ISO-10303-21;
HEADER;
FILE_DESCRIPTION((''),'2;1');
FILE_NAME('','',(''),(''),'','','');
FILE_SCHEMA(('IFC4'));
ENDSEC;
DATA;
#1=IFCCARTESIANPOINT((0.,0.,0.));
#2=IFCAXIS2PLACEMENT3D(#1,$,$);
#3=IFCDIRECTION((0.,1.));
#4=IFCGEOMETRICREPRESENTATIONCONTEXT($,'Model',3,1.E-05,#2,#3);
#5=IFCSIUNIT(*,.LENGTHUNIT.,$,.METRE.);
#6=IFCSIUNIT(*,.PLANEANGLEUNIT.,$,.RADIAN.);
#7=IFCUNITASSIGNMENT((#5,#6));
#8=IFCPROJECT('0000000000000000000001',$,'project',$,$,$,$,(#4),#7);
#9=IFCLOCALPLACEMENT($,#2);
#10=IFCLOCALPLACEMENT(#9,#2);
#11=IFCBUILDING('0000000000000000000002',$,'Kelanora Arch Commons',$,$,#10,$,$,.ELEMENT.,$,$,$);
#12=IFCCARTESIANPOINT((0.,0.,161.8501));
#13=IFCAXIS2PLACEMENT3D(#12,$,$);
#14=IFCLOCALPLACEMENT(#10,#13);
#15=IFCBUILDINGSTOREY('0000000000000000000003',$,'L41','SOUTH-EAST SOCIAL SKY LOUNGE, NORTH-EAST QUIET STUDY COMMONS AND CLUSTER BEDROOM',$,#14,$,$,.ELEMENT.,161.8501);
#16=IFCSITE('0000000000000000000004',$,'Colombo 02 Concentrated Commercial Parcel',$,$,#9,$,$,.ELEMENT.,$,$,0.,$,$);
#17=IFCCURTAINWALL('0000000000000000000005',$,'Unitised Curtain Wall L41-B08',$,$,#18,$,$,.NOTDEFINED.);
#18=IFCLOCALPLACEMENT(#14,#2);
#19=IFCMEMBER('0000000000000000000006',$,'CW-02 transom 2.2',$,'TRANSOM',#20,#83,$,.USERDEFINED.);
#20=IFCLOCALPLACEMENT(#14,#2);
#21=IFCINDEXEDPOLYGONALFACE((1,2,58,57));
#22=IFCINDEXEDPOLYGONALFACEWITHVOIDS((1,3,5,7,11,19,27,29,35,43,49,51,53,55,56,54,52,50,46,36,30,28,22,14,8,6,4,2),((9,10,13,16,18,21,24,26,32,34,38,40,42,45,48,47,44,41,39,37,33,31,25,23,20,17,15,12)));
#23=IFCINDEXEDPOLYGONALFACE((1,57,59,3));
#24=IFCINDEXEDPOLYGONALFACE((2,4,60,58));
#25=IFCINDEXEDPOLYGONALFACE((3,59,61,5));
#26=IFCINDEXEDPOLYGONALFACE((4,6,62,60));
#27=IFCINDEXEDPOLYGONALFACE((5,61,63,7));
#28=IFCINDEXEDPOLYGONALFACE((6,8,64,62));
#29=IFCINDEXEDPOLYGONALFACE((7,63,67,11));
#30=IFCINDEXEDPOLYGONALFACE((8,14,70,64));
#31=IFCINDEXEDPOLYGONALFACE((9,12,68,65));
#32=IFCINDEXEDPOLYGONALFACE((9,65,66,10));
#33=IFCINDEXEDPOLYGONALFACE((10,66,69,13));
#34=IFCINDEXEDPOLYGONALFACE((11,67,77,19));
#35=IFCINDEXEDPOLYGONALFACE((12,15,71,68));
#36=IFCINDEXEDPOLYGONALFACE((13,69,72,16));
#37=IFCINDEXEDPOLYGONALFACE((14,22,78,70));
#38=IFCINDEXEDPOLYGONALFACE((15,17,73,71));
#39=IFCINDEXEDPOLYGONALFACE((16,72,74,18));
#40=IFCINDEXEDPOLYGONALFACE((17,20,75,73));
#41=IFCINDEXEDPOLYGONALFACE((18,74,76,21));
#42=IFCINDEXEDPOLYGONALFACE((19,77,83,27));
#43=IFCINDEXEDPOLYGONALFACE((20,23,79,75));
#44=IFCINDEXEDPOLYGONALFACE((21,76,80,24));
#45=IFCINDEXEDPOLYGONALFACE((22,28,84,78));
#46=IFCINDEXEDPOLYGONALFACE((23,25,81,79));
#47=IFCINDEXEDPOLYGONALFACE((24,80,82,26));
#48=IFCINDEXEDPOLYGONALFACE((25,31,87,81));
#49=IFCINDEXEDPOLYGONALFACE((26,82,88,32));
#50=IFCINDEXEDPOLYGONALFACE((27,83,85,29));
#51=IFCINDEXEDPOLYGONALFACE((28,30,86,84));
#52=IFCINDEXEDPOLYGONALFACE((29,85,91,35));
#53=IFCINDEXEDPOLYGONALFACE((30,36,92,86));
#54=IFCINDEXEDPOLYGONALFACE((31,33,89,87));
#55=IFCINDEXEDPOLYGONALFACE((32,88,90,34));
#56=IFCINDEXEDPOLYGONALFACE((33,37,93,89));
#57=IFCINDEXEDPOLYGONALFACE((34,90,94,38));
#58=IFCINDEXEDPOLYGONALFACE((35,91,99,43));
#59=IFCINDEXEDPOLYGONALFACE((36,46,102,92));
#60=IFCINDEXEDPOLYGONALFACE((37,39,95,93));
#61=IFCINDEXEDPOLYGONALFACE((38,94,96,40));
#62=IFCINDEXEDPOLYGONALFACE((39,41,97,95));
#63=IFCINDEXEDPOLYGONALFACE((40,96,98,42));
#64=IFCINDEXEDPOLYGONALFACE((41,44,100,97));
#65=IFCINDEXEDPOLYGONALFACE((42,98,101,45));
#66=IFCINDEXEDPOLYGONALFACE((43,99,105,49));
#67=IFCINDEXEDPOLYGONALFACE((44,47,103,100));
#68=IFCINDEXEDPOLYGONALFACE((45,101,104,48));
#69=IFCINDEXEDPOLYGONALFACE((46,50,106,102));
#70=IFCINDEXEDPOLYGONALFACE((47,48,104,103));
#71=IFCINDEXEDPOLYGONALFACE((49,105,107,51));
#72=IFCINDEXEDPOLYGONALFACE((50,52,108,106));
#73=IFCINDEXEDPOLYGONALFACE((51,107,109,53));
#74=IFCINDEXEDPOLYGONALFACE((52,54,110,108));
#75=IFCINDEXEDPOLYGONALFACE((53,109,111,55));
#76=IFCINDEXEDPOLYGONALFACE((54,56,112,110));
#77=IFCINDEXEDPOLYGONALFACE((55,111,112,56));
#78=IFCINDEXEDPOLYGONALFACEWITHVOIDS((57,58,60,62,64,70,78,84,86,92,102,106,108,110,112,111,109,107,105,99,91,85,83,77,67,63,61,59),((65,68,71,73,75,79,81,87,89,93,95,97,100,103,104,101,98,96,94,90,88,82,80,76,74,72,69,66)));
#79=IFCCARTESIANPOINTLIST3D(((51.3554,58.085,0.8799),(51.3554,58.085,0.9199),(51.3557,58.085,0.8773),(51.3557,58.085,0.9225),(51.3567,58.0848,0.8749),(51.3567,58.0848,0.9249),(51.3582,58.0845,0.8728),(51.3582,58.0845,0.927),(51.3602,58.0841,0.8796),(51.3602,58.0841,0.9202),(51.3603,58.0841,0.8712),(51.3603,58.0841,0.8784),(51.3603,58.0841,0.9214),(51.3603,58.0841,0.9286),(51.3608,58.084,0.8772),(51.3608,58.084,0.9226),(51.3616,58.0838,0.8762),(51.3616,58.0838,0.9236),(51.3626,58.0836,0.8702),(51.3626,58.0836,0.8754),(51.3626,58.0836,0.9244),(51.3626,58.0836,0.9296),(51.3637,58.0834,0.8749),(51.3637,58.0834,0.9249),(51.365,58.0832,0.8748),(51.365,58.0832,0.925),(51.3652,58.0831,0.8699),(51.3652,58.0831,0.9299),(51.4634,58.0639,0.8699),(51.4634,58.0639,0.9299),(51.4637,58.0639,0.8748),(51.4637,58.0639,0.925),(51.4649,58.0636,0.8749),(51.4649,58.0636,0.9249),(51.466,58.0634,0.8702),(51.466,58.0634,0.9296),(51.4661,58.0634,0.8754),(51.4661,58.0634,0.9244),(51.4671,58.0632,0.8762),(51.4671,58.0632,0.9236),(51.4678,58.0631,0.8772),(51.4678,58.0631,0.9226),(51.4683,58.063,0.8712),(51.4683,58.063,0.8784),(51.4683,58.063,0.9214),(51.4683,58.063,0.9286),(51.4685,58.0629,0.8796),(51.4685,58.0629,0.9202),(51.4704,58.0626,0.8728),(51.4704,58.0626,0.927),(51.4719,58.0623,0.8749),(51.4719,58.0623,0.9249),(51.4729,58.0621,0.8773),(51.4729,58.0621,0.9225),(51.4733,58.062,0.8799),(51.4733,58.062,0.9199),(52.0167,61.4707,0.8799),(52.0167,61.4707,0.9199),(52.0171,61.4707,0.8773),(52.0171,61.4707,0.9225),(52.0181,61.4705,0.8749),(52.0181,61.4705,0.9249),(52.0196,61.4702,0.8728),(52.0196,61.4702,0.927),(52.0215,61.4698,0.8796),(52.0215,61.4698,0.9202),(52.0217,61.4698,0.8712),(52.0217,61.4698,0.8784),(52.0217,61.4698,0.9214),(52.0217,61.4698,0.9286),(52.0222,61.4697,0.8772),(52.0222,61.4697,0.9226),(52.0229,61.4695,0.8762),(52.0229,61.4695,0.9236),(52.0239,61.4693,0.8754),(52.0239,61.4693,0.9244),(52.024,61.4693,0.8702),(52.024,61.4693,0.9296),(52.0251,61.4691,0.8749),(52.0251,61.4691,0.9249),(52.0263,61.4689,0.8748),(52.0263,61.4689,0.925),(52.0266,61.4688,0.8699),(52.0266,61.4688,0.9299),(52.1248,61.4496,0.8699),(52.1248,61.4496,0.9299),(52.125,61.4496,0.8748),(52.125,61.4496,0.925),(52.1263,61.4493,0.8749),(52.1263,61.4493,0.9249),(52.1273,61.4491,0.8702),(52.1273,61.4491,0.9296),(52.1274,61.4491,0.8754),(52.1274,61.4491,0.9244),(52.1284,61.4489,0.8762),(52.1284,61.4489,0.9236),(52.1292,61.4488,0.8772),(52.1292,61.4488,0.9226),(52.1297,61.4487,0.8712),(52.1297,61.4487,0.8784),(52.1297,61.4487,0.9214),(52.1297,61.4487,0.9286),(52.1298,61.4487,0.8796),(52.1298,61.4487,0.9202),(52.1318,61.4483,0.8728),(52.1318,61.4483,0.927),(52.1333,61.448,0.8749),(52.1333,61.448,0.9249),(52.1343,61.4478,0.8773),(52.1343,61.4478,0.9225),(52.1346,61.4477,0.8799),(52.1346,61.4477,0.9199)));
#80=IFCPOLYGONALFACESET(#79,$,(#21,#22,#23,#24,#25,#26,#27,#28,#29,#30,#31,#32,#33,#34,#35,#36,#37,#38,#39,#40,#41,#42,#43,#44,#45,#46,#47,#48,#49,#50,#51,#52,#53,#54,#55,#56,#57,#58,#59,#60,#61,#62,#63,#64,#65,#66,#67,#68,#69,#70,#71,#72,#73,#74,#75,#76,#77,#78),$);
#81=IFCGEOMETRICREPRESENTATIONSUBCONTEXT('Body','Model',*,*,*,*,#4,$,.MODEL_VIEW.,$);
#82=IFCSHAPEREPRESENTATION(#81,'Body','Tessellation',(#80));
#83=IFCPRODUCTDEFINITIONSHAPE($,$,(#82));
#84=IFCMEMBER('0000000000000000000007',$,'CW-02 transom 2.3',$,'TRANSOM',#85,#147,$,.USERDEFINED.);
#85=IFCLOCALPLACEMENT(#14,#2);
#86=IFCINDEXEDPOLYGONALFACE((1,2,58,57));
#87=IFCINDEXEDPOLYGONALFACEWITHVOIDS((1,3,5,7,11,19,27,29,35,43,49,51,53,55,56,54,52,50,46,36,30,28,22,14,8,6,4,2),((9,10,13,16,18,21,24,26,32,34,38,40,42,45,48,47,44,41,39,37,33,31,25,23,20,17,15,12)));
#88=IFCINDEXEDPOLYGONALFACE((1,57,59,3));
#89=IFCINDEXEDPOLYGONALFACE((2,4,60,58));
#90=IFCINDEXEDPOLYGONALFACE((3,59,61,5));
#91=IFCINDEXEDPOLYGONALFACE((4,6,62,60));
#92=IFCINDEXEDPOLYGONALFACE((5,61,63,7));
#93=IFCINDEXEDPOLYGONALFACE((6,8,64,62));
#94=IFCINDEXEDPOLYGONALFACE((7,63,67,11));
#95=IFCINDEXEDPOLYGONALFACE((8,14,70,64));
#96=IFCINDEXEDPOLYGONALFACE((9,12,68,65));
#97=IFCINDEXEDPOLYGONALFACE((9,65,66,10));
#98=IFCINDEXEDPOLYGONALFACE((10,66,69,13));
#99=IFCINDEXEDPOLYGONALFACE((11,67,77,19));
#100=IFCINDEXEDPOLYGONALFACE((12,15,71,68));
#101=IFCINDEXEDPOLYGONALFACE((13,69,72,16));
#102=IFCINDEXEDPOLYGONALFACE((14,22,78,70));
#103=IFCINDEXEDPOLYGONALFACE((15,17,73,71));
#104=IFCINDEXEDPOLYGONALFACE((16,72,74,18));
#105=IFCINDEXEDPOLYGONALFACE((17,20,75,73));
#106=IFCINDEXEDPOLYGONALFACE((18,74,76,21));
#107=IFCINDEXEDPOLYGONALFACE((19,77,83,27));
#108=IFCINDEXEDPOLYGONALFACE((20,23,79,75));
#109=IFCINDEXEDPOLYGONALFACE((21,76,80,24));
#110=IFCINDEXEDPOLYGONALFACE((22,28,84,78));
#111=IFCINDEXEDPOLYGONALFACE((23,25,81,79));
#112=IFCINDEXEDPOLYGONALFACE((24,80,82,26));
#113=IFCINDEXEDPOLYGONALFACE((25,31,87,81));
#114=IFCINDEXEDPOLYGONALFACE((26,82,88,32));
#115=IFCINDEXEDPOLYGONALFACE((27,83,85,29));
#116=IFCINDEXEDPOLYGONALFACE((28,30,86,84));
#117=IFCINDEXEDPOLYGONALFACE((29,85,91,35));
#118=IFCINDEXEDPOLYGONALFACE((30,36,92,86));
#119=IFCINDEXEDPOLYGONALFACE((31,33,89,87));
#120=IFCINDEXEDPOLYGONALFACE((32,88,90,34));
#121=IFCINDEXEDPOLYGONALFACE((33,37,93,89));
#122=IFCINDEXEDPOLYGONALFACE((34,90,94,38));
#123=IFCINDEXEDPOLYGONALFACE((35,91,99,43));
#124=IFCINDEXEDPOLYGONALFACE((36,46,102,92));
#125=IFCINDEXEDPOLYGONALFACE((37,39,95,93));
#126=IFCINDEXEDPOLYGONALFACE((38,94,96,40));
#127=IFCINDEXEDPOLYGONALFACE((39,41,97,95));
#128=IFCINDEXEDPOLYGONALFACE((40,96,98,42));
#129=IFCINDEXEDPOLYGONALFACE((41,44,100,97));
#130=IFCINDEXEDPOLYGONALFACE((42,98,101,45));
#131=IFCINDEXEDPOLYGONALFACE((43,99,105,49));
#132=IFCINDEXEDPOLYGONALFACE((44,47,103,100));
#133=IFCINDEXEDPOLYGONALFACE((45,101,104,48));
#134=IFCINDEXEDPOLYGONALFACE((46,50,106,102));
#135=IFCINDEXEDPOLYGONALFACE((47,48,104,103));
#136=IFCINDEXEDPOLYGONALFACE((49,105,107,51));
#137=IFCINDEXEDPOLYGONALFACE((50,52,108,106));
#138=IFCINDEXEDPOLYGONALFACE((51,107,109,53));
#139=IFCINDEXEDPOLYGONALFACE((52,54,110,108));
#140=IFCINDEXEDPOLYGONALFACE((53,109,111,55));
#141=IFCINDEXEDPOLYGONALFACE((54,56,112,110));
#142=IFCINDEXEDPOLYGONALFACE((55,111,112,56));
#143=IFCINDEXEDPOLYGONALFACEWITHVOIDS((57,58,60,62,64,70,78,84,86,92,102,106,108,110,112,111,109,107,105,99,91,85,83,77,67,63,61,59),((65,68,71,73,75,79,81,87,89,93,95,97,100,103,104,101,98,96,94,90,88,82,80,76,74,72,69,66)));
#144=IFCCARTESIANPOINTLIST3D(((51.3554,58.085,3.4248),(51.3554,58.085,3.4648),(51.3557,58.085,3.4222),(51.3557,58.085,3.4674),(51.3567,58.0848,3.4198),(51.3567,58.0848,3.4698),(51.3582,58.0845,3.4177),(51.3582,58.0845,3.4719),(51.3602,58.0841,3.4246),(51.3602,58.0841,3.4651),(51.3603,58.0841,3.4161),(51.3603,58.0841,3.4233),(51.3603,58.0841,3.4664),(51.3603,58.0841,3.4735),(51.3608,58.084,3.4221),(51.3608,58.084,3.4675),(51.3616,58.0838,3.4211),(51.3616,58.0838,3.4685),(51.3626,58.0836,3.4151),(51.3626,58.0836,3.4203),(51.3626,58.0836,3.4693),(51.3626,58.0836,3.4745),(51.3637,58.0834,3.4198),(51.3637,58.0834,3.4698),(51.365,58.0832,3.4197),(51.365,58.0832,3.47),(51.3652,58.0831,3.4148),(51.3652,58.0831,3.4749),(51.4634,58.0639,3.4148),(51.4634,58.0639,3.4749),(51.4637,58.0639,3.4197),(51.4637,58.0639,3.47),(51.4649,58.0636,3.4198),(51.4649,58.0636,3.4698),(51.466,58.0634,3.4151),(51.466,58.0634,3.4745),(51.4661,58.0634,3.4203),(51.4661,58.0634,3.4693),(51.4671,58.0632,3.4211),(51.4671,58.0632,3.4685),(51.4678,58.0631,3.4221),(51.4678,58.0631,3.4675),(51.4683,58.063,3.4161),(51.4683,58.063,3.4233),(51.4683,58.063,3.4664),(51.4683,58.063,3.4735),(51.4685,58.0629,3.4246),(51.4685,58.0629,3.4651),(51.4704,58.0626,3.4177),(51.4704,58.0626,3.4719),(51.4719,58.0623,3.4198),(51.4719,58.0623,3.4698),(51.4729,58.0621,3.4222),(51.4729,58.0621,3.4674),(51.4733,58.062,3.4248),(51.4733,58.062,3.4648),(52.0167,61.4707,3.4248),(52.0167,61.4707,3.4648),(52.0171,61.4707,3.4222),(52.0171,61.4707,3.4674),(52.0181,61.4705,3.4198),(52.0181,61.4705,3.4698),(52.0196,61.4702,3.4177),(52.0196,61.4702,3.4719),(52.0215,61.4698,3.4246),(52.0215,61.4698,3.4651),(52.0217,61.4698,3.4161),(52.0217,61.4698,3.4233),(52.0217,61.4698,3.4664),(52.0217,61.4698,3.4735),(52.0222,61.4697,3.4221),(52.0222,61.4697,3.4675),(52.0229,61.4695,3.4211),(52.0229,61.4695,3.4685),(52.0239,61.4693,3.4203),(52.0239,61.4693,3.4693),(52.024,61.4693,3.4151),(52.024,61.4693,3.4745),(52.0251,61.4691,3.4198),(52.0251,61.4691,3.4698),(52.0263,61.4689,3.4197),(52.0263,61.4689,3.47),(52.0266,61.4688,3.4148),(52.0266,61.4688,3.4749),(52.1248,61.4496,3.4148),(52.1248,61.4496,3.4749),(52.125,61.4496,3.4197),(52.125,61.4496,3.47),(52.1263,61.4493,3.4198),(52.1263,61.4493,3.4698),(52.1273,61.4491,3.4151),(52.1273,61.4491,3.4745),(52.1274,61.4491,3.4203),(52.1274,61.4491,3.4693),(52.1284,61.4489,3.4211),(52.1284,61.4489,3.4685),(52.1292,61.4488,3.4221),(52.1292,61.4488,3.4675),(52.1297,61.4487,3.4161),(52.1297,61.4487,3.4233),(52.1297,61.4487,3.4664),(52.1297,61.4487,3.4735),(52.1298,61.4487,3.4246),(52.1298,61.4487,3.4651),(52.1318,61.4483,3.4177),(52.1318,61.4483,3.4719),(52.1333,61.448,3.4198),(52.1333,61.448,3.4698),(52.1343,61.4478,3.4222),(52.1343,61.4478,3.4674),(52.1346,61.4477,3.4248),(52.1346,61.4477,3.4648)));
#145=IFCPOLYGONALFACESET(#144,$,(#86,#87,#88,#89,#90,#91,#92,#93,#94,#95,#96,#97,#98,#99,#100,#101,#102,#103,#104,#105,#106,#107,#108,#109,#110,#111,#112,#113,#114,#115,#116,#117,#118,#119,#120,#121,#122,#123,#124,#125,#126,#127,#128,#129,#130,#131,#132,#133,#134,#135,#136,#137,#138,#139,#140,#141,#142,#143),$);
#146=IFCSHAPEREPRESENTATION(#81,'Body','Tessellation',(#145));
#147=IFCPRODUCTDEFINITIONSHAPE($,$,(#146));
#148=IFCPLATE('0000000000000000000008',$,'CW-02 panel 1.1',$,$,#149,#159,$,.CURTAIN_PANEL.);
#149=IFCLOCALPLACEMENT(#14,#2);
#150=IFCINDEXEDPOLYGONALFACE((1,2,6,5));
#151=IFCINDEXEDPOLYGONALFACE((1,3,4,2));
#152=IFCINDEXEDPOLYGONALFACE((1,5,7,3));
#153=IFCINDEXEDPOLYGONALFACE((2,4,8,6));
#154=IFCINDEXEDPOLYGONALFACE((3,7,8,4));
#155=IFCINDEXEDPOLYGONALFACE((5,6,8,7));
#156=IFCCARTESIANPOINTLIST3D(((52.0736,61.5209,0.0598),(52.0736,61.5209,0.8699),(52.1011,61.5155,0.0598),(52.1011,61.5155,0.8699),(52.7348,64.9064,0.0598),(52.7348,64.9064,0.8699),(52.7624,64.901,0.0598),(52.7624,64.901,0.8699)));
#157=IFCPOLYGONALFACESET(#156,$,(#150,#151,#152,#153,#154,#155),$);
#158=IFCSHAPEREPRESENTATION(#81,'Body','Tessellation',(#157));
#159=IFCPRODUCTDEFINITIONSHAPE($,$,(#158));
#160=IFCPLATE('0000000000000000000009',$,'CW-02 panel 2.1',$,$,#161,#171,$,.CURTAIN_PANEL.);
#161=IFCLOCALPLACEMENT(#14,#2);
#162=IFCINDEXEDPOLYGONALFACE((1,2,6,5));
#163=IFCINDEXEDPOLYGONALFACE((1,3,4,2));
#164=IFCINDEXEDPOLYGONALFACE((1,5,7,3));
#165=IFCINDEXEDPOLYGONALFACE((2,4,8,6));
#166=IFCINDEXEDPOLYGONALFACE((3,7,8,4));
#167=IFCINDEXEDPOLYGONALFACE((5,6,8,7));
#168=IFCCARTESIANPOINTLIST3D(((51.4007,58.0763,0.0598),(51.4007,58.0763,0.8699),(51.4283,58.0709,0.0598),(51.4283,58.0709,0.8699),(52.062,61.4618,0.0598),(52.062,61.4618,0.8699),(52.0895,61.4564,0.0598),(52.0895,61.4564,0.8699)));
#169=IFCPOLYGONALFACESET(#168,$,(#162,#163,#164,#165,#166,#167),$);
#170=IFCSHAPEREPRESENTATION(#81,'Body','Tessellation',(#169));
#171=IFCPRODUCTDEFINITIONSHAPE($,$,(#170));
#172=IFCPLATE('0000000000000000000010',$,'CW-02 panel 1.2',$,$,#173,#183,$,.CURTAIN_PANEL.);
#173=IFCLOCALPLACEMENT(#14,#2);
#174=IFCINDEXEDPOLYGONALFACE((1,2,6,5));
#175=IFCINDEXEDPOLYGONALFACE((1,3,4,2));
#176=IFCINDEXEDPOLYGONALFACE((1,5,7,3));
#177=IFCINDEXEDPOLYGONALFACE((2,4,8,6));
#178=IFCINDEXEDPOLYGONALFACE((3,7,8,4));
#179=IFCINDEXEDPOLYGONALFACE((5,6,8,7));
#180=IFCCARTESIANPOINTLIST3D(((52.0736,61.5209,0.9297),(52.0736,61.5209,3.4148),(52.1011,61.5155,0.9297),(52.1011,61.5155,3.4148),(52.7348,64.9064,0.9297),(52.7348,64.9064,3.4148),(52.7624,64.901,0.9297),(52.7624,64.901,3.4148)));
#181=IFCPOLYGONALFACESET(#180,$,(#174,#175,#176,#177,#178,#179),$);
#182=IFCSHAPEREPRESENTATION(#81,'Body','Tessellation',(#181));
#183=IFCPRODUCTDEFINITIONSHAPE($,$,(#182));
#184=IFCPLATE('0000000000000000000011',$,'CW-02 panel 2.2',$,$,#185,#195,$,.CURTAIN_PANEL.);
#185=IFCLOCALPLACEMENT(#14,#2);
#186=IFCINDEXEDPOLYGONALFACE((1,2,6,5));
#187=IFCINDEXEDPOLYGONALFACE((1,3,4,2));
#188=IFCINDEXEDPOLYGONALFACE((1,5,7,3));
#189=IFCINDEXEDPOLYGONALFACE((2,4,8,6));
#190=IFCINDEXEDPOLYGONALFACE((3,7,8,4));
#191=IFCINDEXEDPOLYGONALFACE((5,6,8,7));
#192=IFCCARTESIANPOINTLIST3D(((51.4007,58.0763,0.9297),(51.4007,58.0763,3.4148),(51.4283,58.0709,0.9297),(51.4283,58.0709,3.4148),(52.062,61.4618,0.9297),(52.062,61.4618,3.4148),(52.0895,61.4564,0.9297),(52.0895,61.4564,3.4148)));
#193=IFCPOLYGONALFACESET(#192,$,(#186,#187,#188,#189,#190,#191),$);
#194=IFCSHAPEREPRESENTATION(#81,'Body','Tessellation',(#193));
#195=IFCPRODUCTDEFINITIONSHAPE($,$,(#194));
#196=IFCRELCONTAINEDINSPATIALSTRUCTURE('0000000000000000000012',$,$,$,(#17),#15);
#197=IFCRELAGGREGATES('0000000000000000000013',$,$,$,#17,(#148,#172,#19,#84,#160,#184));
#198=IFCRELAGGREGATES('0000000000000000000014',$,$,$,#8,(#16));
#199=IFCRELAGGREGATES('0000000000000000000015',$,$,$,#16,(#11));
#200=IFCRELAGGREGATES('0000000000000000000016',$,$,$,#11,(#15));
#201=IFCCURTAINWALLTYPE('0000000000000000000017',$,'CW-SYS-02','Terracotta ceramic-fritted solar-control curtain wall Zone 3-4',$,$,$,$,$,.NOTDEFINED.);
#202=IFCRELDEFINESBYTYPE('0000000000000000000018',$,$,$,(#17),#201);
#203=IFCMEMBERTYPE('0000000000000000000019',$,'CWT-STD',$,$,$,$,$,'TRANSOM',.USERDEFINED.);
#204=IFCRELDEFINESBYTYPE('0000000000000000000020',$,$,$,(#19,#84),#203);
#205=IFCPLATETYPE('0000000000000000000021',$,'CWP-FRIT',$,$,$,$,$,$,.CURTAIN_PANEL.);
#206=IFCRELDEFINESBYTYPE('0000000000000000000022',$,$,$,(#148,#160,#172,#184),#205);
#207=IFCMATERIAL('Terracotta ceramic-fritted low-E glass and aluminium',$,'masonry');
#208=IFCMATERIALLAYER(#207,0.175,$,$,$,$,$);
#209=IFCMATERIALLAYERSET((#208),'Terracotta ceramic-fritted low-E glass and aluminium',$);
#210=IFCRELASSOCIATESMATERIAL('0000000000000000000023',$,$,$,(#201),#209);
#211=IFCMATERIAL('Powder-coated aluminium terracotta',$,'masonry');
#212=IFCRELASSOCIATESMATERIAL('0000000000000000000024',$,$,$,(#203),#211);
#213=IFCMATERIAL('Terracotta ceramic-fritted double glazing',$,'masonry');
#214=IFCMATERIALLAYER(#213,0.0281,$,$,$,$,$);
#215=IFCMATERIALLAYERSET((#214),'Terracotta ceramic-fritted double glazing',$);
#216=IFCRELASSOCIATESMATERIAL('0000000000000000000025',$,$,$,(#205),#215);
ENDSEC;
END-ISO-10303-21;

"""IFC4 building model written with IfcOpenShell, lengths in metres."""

from ifc_helpers import new_model, si_unit, direction, frame, origin, origin_2d, place, context, subcontext, project, spatial, rectangle, hollow_rectangle, extrude, source, transform, mapped, material, layer, layer_set, material_profile, profile_set, type_object, element, aggregate, save


model = new_model("IFC4")

# Units and contexts
model_context = context("Model", 3, precision=1e-05, world=origin(), true_north=direction((0.0, 1.0)))
body_context = subcontext(model_context, "Body", "Model", "MODEL_VIEW")
ifc_project = project(units=[si_unit("LENGTHUNIT", "METRE"), si_unit("PLANEANGLEUNIT", "RADIAN")], contexts=[model_context])

# Site, building, storey
site_placement = place(None, origin())
site = spatial("IfcSite", under=ifc_project, at=site_placement, Name="Colombo 02 Concentrated Commercial Parcel", CompositionType="ELEMENT", RefElevation=0.0)
building_placement = place(site_placement, origin())
building = spatial("IfcBuilding", under=site, at=building_placement, Name="Kelanora Arch Commons", CompositionType="ELEMENT")
storey_placement = place(building_placement, frame((0.0, 0.0, 161.8501)))
storey = spatial("IfcBuildingStorey", under=building, at=storey_placement, Name="L41", Description="SOUTH-EAST SOCIAL SKY LOUNGE, NORTH-EAST QUIET STUDY COMMONS AND CLUSTER BEDROOM", CompositionType="ELEMENT", Elevation=161.8501)

# Curtain wall, members, plates
ifc_material_1 = material(Name="Terracotta ceramic-fritted low-E glass and aluminium", Category="masonry")
ifc_layer_1 = layer(ifc_material_1, 0.175)
ifc_layer_set_1 = layer_set([ifc_layer_1], Name="Terracotta ceramic-fritted low-E glass and aluminium")
curtain_wall_type = type_object("IfcCurtainWallType", Name="CW-SYS-02", Description="Terracotta ceramic-fritted solar-control curtain wall Zone 3-4", PredefinedType="NOTDEFINED", material=ifc_layer_set_1)
curtain_wall_placement = place(storey_placement, origin())
curtain_wall = element("IfcCurtainWall", 1, at=curtain_wall_placement, inside=storey, type_object=curtain_wall_type, Name="Unitised Curtain Wall L41-B08", PredefinedType="NOTDEFINED")
ifc_material_2 = material(Name="Powder-coated aluminium terracotta", Category="masonry")
ifc_material_profile_1 = material_profile(ifc_material_2, hollow_rectangle(XDim=0.1201, YDim=0.0601, WallThickness=0.0049, InnerFilletRadius=0.0049, OuterFilletRadius=0.01, at=origin_2d()), Name="CWT120x60")
ifc_profile_set_1 = profile_set([ifc_material_profile_1], Name="Powder-coated aluminium terracotta")
member_type_1 = type_object("IfcMemberType", Name="CWT-STD", ElementType="TRANSOM", PredefinedType="USERDEFINED", material=ifc_profile_set_1)
member_1_placement = place(storey_placement, frame((52.0757, 61.4592, 0.8999), z_axis=(-0.191718, -0.98145, 0.0), x_axis=(0.98145, -0.191718, 0.0)))
member_1 = element("IfcMember", 2, at=member_1_placement, type_object=member_type_1, Name="CW-02 transom 2.2", ObjectType="TRANSOM", PredefinedType="USERDEFINED", context=body_context, shape_type="SweptSolid", body=[
    extrude(hollow_rectangle(XDim=0.1201, YDim=0.0601, WallThickness=0.0049, InnerFilletRadius=0.0049, OuterFilletRadius=0.01, at=origin_2d()), origin(), (0.0, 0.0, 1.0), 3.4497),
])
member_2_placement = place(storey_placement, frame((52.0757, 61.4592, 3.4448), z_axis=(-0.191718, -0.98145, 0.0), x_axis=(0.98145, -0.191718, 0.0)))
member_2 = element("IfcMember", 3, at=member_2_placement, type_object=member_type_1, Name="CW-02 transom 2.3", ObjectType="TRANSOM", PredefinedType="USERDEFINED", context=body_context, shape_type="SweptSolid", body=[
    extrude(hollow_rectangle(XDim=0.1201, YDim=0.0601, WallThickness=0.0049, InnerFilletRadius=0.0049, OuterFilletRadius=0.01, at=origin_2d()), origin(), (0.0, 0.0, 1.0), 3.4497),
])
ifc_material_3 = material(Name="Terracotta ceramic-fritted double glazing", Category="masonry")
ifc_layer_2 = layer(ifc_material_3, 0.0281)
ifc_layer_set_2 = layer_set([ifc_layer_2], Name="Terracotta ceramic-fritted double glazing")
plate_type = type_object("IfcPlateType", Name="CWP-FRIT", PredefinedType="CURTAIN_PANEL", material=ifc_layer_set_2)
shared_shape_1 = source(origin(), body_context, "Body", "SweptSolid", [
    extrude(rectangle(XDim=3.4495, YDim=0.0281, at=origin_2d()), origin(), (0.0, 0.0, 1.0), 0.8101),
])
plate_1_placement = place(storey_placement, frame((52.418, 63.2109, 0.0598), z_axis=(0.0, 0.0, 1.0), x_axis=(-0.191705, -0.981453, 0.0)))
plate_1 = element("IfcPlate", 4, at=plate_1_placement, type_object=plate_type, Name="CW-02 panel 1.1", PredefinedType="CURTAIN_PANEL", context=body_context, shape_type="MappedRepresentation", body=[
    mapped(shared_shape_1, transform((0.0, 0.0, 0.0), scale=1.0)),
])
plate_2_placement = place(storey_placement, frame((51.7451, 59.7664, 0.0598), z_axis=(0.0, 0.0, 1.0), x_axis=(-0.191705, -0.981453, 0.0)))
plate_2 = element("IfcPlate", 5, at=plate_2_placement, type_object=plate_type, Name="CW-02 panel 2.1", PredefinedType="CURTAIN_PANEL", context=body_context, shape_type="MappedRepresentation", body=[
    mapped(shared_shape_1, transform((0.0, 0.0, 0.0), scale=1.0)),
])
shared_shape_2 = source(origin(), body_context, "Body", "SweptSolid", [
    extrude(rectangle(XDim=3.4495, YDim=0.0281, at=origin_2d()), origin(), (0.0, 0.0, 1.0), 2.4851),
])
plate_3_placement = place(storey_placement, frame((52.418, 63.2109, 0.9297), z_axis=(0.0, 0.0, 1.0), x_axis=(-0.191705, -0.981453, 0.0)))
plate_3 = element("IfcPlate", 6, at=plate_3_placement, type_object=plate_type, Name="CW-02 panel 1.2", PredefinedType="CURTAIN_PANEL", context=body_context, shape_type="MappedRepresentation", body=[
    mapped(shared_shape_2, transform((0.0, 0.0, 0.0), scale=1.0)),
])
plate_4_placement = place(storey_placement, frame((51.7451, 59.7664, 0.9297), z_axis=(0.0, 0.0, 1.0), x_axis=(-0.191705, -0.981453, 0.0)))
plate_4 = element("IfcPlate", 7, at=plate_4_placement, type_object=plate_type, Name="CW-02 panel 2.2", PredefinedType="CURTAIN_PANEL", context=body_context, shape_type="MappedRepresentation", body=[
    mapped(shared_shape_2, transform((0.0, 0.0, 0.0), scale=1.0)),
])
aggregate(curtain_wall, [plate_1, plate_3, member_1, member_2, plate_2, plate_4])

save(model, "model.ifc")
